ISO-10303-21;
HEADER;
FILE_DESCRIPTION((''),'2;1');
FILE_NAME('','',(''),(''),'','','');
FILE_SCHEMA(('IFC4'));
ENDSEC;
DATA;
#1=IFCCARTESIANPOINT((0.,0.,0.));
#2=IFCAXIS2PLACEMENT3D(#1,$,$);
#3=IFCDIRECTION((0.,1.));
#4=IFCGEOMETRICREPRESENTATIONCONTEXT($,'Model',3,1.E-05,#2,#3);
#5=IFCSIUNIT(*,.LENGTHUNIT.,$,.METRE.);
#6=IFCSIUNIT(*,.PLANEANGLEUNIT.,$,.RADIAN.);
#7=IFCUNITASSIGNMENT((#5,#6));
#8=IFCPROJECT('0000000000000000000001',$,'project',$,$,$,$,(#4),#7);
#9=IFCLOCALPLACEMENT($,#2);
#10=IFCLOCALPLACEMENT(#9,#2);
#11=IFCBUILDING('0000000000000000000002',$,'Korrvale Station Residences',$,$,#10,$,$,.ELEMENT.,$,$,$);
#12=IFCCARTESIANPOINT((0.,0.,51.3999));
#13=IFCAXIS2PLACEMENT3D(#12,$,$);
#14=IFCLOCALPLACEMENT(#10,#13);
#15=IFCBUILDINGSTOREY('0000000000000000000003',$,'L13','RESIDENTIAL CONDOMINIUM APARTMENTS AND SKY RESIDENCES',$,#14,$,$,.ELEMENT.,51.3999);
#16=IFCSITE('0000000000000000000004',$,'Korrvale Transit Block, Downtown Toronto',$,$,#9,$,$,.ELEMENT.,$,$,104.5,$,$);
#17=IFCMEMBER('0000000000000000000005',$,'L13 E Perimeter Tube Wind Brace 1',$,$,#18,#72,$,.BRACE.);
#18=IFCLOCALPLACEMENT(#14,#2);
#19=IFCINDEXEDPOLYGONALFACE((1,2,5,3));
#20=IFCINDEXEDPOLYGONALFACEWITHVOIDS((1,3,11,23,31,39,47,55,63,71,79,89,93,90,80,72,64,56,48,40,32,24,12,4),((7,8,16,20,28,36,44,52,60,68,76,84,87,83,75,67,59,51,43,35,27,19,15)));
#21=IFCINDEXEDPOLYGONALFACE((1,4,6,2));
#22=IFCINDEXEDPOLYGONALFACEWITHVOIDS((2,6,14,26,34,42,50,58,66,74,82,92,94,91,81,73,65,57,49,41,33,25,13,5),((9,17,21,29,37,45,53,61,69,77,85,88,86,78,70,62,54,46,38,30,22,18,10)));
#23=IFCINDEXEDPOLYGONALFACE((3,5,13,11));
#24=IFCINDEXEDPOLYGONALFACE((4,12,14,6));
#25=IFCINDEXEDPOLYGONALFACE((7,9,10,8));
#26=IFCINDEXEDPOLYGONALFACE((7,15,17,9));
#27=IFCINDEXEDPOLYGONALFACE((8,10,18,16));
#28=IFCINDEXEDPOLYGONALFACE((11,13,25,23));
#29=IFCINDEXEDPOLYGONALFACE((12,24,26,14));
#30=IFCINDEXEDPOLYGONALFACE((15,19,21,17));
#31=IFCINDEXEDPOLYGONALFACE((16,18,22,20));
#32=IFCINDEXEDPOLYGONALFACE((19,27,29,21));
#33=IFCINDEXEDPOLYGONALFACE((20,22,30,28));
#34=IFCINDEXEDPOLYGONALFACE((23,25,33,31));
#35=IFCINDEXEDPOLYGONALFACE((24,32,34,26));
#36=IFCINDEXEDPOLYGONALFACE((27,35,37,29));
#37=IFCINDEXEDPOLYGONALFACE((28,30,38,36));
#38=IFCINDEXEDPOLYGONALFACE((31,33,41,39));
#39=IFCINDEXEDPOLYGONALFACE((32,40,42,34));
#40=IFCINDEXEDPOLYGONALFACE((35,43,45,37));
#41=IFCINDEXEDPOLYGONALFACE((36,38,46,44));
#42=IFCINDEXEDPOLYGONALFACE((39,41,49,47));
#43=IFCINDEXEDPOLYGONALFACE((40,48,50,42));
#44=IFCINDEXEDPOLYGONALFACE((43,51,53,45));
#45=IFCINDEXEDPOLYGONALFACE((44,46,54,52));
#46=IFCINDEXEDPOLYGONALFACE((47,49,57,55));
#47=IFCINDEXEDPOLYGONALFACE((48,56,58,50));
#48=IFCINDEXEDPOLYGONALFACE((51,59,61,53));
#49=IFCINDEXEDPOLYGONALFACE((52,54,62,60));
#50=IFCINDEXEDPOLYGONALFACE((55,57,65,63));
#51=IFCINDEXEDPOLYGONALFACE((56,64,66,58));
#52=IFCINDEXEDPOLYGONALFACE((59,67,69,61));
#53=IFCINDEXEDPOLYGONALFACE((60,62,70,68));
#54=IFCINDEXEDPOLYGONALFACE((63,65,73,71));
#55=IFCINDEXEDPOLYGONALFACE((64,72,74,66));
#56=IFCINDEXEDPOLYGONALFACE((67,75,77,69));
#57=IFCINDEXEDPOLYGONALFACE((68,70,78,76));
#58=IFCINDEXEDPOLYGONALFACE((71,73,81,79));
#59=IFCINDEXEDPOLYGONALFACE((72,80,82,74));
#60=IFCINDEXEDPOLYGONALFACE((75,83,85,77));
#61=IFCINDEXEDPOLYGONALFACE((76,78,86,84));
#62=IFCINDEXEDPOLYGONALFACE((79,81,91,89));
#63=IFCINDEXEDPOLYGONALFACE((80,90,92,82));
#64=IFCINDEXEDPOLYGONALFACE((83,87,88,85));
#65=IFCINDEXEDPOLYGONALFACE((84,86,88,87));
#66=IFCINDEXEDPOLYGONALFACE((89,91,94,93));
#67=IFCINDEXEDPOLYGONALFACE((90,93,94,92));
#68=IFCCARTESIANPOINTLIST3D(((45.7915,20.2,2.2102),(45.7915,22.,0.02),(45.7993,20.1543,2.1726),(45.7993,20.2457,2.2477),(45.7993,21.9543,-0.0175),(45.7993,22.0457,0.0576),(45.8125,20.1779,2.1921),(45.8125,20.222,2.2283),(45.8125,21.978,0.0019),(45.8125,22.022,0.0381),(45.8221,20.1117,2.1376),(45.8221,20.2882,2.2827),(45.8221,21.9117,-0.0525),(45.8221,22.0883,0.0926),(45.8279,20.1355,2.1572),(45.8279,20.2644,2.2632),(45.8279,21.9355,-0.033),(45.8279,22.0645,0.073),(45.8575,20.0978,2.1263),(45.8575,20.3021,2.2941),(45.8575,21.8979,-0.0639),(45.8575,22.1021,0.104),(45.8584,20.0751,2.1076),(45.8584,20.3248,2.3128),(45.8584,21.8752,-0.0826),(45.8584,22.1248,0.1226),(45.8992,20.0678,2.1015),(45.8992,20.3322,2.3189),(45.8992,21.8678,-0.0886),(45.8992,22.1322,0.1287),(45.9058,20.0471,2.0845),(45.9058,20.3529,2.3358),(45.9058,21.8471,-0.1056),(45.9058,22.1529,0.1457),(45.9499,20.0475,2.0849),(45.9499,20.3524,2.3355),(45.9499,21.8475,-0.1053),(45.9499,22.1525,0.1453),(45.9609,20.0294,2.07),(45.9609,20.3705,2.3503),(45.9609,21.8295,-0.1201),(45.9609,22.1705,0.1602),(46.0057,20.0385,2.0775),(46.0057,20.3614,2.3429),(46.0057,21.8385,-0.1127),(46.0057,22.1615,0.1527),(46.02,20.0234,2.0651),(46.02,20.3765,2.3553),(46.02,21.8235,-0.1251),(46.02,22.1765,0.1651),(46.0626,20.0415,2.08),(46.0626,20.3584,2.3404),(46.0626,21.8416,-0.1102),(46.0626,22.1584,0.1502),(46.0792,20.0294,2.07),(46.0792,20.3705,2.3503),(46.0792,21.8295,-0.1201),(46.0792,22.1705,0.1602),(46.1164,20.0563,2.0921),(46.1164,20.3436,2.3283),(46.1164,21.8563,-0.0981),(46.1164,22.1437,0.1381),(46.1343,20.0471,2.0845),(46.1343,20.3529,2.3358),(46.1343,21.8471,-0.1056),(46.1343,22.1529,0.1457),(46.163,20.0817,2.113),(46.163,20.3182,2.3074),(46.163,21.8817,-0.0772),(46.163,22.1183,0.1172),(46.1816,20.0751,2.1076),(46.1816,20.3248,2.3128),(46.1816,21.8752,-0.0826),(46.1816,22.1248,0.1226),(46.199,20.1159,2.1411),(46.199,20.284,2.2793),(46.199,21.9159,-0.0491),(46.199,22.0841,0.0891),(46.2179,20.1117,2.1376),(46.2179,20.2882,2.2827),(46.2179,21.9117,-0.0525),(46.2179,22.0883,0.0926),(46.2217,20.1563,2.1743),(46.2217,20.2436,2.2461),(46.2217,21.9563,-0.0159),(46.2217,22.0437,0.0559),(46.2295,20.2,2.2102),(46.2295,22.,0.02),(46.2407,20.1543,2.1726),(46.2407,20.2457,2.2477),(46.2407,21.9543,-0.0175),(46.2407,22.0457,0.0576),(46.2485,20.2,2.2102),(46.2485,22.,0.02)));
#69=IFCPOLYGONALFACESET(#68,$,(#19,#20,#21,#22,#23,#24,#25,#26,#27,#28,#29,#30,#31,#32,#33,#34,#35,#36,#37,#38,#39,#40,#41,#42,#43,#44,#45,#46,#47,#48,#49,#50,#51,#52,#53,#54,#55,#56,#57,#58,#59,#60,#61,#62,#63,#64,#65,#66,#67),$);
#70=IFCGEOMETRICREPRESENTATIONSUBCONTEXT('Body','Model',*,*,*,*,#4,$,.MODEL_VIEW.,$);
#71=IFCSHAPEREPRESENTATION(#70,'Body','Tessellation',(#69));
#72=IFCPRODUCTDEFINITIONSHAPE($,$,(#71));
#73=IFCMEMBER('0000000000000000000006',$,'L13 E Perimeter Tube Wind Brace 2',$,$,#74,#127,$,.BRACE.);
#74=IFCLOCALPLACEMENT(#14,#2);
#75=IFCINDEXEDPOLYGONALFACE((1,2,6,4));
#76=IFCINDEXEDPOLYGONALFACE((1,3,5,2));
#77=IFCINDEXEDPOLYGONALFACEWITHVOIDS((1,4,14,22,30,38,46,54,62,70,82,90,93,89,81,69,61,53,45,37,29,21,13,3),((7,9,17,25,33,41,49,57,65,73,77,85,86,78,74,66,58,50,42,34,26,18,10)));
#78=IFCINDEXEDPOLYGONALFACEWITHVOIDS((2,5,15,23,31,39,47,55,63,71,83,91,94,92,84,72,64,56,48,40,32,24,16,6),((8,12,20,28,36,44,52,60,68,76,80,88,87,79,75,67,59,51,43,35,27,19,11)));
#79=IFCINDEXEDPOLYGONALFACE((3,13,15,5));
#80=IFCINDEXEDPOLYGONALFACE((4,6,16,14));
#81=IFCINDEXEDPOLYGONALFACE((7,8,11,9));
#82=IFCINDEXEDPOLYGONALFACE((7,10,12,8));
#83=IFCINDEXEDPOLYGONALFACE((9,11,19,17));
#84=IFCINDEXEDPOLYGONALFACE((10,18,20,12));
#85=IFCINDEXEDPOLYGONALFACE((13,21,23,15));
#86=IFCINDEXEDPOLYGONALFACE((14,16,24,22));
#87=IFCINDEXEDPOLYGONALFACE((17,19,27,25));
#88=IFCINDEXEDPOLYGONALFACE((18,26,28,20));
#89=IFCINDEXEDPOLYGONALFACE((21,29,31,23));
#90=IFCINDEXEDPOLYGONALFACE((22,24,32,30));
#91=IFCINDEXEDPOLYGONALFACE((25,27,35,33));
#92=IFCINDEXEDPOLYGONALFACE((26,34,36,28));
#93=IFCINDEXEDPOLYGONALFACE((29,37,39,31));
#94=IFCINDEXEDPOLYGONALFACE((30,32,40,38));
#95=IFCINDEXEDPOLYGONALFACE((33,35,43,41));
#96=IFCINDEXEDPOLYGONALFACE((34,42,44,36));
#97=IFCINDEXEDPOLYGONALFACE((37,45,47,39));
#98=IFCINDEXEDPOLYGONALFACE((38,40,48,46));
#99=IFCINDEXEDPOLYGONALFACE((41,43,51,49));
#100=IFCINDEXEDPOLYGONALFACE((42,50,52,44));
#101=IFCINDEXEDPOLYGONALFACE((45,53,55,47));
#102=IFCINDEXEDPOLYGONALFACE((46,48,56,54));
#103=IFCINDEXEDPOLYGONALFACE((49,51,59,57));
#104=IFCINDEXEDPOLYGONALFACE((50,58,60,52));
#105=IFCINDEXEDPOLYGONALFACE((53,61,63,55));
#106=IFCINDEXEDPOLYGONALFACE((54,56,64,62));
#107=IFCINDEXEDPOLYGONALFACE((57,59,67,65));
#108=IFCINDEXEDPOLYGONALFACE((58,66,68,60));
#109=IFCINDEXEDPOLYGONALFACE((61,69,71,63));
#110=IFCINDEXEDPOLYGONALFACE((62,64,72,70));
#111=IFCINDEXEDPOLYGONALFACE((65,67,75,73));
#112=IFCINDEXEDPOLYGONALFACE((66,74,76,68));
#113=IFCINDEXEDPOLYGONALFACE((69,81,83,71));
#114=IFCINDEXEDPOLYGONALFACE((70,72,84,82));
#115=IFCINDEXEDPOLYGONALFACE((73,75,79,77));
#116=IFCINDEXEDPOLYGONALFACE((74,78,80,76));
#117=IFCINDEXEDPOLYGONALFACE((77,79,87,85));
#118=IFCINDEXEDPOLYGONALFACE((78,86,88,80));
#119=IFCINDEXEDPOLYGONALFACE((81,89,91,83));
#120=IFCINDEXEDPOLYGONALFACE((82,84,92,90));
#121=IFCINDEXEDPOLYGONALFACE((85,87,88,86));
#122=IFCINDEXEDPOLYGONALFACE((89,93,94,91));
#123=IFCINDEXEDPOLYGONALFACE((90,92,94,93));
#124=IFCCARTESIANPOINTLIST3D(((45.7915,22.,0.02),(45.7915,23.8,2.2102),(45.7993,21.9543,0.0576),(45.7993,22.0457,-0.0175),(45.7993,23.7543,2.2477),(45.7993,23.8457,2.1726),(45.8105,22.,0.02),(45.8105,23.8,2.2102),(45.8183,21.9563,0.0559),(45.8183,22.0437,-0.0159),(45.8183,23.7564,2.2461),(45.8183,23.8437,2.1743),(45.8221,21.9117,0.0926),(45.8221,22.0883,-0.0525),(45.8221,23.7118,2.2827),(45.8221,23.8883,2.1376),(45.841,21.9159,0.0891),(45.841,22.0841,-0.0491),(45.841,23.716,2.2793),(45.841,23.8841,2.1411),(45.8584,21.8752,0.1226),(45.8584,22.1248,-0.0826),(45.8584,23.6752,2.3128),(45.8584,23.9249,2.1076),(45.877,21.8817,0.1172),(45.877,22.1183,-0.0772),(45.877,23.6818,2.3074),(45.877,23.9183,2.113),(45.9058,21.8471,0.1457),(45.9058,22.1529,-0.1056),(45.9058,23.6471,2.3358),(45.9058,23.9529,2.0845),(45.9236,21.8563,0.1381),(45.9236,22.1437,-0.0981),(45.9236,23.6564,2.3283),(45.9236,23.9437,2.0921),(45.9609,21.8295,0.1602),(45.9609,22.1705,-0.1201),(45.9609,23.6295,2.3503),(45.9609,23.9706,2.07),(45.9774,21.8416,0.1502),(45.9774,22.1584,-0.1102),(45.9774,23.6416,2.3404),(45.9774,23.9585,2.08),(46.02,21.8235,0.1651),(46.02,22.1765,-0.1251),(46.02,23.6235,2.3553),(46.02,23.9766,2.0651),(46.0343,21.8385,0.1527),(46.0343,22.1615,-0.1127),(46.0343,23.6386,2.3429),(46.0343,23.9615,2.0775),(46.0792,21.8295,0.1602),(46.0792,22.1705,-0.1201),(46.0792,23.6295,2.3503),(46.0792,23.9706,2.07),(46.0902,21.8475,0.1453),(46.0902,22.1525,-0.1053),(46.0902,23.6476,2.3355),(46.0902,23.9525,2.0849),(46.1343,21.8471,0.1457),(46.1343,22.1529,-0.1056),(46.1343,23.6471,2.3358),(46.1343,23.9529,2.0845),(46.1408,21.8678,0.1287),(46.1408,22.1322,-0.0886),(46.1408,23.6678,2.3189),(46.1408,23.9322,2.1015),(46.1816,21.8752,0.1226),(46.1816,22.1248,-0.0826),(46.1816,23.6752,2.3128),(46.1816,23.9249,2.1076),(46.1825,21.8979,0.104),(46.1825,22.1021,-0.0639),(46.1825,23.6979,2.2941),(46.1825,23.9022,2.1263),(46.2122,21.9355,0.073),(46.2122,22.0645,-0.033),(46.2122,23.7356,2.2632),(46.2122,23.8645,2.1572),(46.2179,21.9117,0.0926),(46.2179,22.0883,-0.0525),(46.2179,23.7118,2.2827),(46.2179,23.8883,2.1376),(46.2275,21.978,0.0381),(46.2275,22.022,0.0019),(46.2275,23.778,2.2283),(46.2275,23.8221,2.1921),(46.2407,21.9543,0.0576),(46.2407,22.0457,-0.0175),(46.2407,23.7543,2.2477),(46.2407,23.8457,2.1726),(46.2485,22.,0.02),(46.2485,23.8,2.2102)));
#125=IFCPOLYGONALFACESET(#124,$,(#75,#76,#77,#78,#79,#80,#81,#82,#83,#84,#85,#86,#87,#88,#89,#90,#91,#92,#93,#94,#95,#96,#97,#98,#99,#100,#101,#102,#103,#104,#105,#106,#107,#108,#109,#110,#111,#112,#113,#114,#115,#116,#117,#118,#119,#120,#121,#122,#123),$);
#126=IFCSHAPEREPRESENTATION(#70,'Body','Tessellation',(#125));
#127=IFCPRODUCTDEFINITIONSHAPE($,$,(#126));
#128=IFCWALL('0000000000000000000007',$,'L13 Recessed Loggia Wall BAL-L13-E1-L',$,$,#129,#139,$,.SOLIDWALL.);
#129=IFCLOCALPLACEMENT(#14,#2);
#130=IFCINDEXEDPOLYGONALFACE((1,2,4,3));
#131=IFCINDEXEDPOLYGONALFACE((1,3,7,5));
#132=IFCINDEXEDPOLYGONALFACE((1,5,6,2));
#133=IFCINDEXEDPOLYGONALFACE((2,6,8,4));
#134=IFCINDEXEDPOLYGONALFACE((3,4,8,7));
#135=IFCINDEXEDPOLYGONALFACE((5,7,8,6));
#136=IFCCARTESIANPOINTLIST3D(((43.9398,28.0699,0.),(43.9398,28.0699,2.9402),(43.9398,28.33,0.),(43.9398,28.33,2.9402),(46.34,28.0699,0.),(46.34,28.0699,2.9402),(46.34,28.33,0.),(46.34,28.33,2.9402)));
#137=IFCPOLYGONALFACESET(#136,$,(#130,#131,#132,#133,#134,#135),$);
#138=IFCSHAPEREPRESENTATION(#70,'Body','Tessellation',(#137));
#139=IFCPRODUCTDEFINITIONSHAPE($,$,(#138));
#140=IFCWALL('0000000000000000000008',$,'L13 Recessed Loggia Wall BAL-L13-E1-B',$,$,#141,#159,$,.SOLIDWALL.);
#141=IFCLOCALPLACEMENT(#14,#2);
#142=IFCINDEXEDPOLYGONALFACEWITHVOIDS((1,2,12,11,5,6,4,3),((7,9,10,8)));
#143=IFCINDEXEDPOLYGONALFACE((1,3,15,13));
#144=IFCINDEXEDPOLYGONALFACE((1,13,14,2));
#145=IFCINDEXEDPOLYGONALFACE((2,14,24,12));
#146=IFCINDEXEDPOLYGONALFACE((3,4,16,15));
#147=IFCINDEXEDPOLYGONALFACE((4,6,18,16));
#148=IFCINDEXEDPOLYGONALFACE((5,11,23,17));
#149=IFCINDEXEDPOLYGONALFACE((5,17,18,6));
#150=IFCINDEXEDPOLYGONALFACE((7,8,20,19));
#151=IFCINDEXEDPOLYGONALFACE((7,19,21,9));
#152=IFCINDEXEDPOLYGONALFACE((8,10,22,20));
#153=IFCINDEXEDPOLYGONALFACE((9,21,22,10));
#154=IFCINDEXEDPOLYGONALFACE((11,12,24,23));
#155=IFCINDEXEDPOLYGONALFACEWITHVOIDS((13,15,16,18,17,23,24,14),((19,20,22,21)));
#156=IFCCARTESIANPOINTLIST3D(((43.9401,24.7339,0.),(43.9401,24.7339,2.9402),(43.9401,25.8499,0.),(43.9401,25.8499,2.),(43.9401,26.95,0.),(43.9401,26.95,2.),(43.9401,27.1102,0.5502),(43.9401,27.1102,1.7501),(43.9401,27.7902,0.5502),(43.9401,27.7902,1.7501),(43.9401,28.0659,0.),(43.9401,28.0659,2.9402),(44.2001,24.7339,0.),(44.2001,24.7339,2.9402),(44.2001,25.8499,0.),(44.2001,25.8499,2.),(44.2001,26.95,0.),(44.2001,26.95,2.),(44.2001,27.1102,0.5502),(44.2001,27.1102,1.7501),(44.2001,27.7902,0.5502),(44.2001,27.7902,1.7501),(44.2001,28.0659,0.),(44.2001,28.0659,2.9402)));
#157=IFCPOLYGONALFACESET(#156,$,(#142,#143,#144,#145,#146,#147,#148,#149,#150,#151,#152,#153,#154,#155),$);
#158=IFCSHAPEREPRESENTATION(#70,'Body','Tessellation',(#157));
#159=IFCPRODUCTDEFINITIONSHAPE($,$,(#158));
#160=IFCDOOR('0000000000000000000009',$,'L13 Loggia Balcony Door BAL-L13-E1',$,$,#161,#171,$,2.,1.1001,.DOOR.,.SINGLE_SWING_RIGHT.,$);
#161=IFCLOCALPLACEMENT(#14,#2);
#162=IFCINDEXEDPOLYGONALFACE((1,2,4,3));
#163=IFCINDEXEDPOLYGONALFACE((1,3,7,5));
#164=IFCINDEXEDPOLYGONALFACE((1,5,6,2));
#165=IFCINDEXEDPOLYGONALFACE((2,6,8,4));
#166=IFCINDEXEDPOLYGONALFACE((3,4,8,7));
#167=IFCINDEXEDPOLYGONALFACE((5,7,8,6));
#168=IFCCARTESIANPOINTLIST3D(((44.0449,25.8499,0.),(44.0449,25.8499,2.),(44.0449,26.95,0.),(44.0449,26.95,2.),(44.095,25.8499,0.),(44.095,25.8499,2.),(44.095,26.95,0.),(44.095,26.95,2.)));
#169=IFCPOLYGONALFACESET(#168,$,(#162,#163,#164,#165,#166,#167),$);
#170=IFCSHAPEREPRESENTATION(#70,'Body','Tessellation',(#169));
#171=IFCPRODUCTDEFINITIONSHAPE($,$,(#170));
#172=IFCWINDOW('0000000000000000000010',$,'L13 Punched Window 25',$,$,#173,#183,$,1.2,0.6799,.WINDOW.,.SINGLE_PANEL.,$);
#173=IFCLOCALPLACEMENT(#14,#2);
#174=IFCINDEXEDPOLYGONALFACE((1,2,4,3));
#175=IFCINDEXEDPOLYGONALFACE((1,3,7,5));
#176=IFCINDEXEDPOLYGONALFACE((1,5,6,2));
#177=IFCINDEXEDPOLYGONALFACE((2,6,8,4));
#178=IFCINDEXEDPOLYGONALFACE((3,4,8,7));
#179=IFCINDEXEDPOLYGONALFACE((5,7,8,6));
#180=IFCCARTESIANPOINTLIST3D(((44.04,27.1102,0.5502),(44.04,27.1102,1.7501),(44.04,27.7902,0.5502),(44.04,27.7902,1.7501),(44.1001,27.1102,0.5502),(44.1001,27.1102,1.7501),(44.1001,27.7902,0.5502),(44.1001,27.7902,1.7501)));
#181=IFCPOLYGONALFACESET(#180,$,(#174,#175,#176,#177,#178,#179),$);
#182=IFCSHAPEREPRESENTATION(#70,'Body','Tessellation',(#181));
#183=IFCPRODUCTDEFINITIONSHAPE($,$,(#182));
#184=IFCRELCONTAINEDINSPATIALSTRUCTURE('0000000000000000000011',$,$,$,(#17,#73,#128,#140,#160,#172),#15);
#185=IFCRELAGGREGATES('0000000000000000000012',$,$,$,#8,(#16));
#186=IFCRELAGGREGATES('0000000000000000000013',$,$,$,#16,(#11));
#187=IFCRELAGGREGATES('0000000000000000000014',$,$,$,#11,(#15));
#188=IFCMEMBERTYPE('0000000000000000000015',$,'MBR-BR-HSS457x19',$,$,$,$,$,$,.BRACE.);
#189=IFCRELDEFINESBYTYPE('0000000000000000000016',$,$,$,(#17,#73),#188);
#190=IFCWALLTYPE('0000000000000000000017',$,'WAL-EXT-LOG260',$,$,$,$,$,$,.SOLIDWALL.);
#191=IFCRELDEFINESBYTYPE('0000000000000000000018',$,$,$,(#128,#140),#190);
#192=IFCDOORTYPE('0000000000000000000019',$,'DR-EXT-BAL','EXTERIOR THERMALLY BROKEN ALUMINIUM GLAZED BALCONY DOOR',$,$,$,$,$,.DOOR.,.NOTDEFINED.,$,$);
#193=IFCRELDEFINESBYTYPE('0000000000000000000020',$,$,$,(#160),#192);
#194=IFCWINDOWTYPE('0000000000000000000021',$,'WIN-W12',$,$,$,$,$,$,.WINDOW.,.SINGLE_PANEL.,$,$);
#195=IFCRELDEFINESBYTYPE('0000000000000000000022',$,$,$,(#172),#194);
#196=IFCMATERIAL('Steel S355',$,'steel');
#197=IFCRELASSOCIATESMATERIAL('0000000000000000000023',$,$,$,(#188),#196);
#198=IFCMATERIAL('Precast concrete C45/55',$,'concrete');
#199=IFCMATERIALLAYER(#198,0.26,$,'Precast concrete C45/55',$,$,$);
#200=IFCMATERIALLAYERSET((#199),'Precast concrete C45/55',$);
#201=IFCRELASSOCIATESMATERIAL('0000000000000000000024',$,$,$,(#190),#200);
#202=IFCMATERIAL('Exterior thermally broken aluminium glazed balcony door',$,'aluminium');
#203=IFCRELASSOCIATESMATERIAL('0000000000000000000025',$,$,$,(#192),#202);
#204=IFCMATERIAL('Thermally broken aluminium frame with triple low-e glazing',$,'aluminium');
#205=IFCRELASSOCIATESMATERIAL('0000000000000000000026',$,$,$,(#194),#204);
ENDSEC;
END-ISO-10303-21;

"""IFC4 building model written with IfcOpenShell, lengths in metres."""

from ifc_helpers import new_model, si_unit, direction, frame, frame_2d, origin, origin_2d, place, context, subcontext, project, spatial, rectangle, hollow_circle, extrude, material, layer, layer_set, material_profile, profile_set, type_object, element, fill, save


model = new_model("IFC4")

# Units and contexts
model_context = context("Model", 3, precision=1e-05, world=origin(), true_north=direction((0.0, 1.0)))
body_context = subcontext(model_context, "Body", "Model", "MODEL_VIEW")
ifc_project = project(units=[si_unit("LENGTHUNIT", "METRE"), si_unit("PLANEANGLEUNIT", "RADIAN")], contexts=[model_context])

# Site, building, storey
site_placement = place(None, origin())
site = spatial("IfcSite", under=ifc_project, at=site_placement, Name="Korrvale Transit Block, Downtown Toronto", CompositionType="ELEMENT", RefElevation=104.5)
building_placement = place(site_placement, origin())
building = spatial("IfcBuilding", under=site, at=building_placement, Name="Korrvale Station Residences", CompositionType="ELEMENT")
storey_placement = place(building_placement, frame((0.0, 0.0, 51.3999)))
storey = spatial("IfcBuildingStorey", under=building, at=storey_placement, Name="L13", Description="RESIDENTIAL CONDOMINIUM APARTMENTS AND SKY RESIDENCES", CompositionType="ELEMENT", Elevation=51.3999)

# Shared definitions
ifc_material_1 = material(Name="Steel S355", Category="steel")

# Members
ifc_material_profile_1 = material_profile(ifc_material_1, hollow_circle(Radius=0.2285, WallThickness=0.019, at=origin_2d()), Name="HSS457x19")
ifc_profile_set_1 = profile_set([ifc_material_profile_1], Name="Steel S355")
member_type = type_object("IfcMemberType", Name="MBR-BR-HSS457x19", PredefinedType="BRACE", material=ifc_profile_set_1)
for number, where, z_axis, x_axis, name in (
    (1, (46.02, 22.0, 0.02), (0.0, -0.634943, 0.772559), (1.0, 0.0, 0.0), "L13 E Perimeter Tube Wind Brace 1"),
    (2, (46.02, 22.0, 0.02), (0.0, 0.634943, 0.772559), (-1.0, 0.0, 0.0), "L13 E Perimeter Tube Wind Brace 2"),
):
    element("IfcMember", number, at=place(storey_placement, frame(where, z_axis=z_axis, x_axis=x_axis)), inside=storey, type_object=member_type, Name=name, PredefinedType="BRACE", context=body_context, shape_type="SweptSolid", body=[
        extrude(hollow_circle(Radius=0.2285, WallThickness=0.019, at=origin_2d()), origin(), (0.0, 0.0, 1.0), 2.835),
    ])

# Wall
ifc_material_2 = material(Name="Precast concrete C45/55", Category="concrete")
ifc_layer_1 = layer(ifc_material_2, 0.26, Name="Precast concrete C45/55")
ifc_layer_set_1 = layer_set([ifc_layer_1], Name="Precast concrete C45/55")
wall_type_1 = type_object("IfcWallType", Name="WAL-EXT-LOG260", PredefinedType="SOLIDWALL", material=ifc_layer_set_1)
wall_1_placement = place(storey_placement, frame((46.3401, 28.2, 0.0), z_axis=(0.0, 0.0, 1.0), x_axis=(-1.0, 0.0, 0.0)))
element("IfcWall", 3, at=wall_1_placement, inside=storey, type_object=wall_type_1, Name="L13 Recessed Loggia Wall BAL-L13-E1-L", PredefinedType="SOLIDWALL", context=body_context, shape_type="SweptSolid", body=[
    extrude(rectangle(XDim=2.4001, YDim=0.26, at=frame_2d((1.2002, 0.0))), origin(), (0.0, 0.0, 1.0), 2.9402),
])

# Wall, openings, door, window
wall_2_placement = place(storey_placement, frame((44.0701, 28.0659, 0.0), z_axis=(0.0, 0.0, 1.0), x_axis=(0.0, -1.0, 0.0)))
wall_2 = element("IfcWall", 4, at=wall_2_placement, inside=storey, type_object=wall_type_1, Name="L13 Recessed Loggia Wall BAL-L13-E1-B", PredefinedType="SOLIDWALL", context=body_context, shape_type="SweptSolid", body=[
    extrude(rectangle(XDim=3.332, YDim=0.26, at=frame_2d((1.666, 0.0))), origin(), (0.0, 0.0, 1.0), 2.9402),
])
opening_1_placement = place(wall_2_placement, frame((1.116, 0.0, 0.0)))
opening_1 = element("IfcOpeningElement", 5, at=opening_1_placement, cuts=wall_2, PredefinedType="OPENING", context=body_context, shape_type="SweptSolid", body=[
    extrude(rectangle(XDim=1.1001, YDim=2.0, at=frame_2d((0.55, 1.0))), frame((0.0, 0.1401, 0.0), z_axis=(0.0, -1.0, 0.0), x_axis=(1.0, 0.0, 0.0)), (0.0, 0.0, 1.0), 0.28),
])
opening_2_placement = place(wall_2_placement, frame((0.2759, 0.0, 0.55)))
opening_2 = element("IfcOpeningElement", 6, at=opening_2_placement, cuts=wall_2, PredefinedType="OPENING", context=body_context, shape_type="SweptSolid", body=[
    extrude(rectangle(XDim=0.6799, YDim=1.2, at=frame_2d((0.3398, 0.6001))), frame((0.0, 0.1401, 0.0), z_axis=(0.0, -1.0, 0.0), x_axis=(1.0, 0.0, 0.0)), (0.0, 0.0, 1.0), 0.28),
])
ifc_material_3 = material(Name="Exterior thermally broken aluminium glazed balcony door", Category="aluminium")
door_type_1 = type_object("IfcDoorType", Name="DR-EXT-BAL", Description="EXTERIOR THERMALLY BROKEN ALUMINIUM GLAZED BALCONY DOOR", OperationType="NOTDEFINED", PredefinedType="DOOR", material=ifc_material_3)
door_1_placement = place(opening_1_placement, origin())
door_1 = element("IfcDoor", 7, at=door_1_placement, inside=storey, type_object=door_type_1, Name="L13 Loggia Balcony Door BAL-L13-E1", OperationType="SINGLE_SWING_RIGHT", OverallHeight=2.0, OverallWidth=1.1001, PredefinedType="DOOR", context=body_context, shape_type="SweptSolid", body=[
    extrude(rectangle(XDim=1.1001, YDim=2.0, at=frame_2d((0.55, 1.0))), frame((0.0, 0.0249, 0.0), z_axis=(0.0, -1.0, 0.0), x_axis=(1.0, 0.0, 0.0)), (0.0, 0.0, 1.0), 0.05),
])
fill(opening_1, door_1)
ifc_material_4 = material(Name="Thermally broken aluminium frame with triple low-e glazing", Category="aluminium")
window_type_1 = type_object("IfcWindowType", Name="WIN-W12", PartitioningType="SINGLE_PANEL", PredefinedType="WINDOW", material=ifc_material_4)
window_1_placement = place(opening_2_placement, origin())
window_1 = element("IfcWindow", 8, at=window_1_placement, inside=storey, type_object=window_type_1, Name="L13 Punched Window 25", OverallHeight=1.2, OverallWidth=0.6799, PartitioningType="SINGLE_PANEL", PredefinedType="WINDOW", context=body_context, shape_type="SweptSolid", body=[
    extrude(rectangle(XDim=0.6799, YDim=1.2, at=frame_2d((0.3398, 0.6001))), frame((0.0, 0.03, 0.0), z_axis=(0.0, -1.0, 0.0), x_axis=(1.0, 0.0, 0.0)), (0.0, 0.0, 1.0), 0.0601),
])
fill(opening_2, window_1)

save(model, "model.ifc")
